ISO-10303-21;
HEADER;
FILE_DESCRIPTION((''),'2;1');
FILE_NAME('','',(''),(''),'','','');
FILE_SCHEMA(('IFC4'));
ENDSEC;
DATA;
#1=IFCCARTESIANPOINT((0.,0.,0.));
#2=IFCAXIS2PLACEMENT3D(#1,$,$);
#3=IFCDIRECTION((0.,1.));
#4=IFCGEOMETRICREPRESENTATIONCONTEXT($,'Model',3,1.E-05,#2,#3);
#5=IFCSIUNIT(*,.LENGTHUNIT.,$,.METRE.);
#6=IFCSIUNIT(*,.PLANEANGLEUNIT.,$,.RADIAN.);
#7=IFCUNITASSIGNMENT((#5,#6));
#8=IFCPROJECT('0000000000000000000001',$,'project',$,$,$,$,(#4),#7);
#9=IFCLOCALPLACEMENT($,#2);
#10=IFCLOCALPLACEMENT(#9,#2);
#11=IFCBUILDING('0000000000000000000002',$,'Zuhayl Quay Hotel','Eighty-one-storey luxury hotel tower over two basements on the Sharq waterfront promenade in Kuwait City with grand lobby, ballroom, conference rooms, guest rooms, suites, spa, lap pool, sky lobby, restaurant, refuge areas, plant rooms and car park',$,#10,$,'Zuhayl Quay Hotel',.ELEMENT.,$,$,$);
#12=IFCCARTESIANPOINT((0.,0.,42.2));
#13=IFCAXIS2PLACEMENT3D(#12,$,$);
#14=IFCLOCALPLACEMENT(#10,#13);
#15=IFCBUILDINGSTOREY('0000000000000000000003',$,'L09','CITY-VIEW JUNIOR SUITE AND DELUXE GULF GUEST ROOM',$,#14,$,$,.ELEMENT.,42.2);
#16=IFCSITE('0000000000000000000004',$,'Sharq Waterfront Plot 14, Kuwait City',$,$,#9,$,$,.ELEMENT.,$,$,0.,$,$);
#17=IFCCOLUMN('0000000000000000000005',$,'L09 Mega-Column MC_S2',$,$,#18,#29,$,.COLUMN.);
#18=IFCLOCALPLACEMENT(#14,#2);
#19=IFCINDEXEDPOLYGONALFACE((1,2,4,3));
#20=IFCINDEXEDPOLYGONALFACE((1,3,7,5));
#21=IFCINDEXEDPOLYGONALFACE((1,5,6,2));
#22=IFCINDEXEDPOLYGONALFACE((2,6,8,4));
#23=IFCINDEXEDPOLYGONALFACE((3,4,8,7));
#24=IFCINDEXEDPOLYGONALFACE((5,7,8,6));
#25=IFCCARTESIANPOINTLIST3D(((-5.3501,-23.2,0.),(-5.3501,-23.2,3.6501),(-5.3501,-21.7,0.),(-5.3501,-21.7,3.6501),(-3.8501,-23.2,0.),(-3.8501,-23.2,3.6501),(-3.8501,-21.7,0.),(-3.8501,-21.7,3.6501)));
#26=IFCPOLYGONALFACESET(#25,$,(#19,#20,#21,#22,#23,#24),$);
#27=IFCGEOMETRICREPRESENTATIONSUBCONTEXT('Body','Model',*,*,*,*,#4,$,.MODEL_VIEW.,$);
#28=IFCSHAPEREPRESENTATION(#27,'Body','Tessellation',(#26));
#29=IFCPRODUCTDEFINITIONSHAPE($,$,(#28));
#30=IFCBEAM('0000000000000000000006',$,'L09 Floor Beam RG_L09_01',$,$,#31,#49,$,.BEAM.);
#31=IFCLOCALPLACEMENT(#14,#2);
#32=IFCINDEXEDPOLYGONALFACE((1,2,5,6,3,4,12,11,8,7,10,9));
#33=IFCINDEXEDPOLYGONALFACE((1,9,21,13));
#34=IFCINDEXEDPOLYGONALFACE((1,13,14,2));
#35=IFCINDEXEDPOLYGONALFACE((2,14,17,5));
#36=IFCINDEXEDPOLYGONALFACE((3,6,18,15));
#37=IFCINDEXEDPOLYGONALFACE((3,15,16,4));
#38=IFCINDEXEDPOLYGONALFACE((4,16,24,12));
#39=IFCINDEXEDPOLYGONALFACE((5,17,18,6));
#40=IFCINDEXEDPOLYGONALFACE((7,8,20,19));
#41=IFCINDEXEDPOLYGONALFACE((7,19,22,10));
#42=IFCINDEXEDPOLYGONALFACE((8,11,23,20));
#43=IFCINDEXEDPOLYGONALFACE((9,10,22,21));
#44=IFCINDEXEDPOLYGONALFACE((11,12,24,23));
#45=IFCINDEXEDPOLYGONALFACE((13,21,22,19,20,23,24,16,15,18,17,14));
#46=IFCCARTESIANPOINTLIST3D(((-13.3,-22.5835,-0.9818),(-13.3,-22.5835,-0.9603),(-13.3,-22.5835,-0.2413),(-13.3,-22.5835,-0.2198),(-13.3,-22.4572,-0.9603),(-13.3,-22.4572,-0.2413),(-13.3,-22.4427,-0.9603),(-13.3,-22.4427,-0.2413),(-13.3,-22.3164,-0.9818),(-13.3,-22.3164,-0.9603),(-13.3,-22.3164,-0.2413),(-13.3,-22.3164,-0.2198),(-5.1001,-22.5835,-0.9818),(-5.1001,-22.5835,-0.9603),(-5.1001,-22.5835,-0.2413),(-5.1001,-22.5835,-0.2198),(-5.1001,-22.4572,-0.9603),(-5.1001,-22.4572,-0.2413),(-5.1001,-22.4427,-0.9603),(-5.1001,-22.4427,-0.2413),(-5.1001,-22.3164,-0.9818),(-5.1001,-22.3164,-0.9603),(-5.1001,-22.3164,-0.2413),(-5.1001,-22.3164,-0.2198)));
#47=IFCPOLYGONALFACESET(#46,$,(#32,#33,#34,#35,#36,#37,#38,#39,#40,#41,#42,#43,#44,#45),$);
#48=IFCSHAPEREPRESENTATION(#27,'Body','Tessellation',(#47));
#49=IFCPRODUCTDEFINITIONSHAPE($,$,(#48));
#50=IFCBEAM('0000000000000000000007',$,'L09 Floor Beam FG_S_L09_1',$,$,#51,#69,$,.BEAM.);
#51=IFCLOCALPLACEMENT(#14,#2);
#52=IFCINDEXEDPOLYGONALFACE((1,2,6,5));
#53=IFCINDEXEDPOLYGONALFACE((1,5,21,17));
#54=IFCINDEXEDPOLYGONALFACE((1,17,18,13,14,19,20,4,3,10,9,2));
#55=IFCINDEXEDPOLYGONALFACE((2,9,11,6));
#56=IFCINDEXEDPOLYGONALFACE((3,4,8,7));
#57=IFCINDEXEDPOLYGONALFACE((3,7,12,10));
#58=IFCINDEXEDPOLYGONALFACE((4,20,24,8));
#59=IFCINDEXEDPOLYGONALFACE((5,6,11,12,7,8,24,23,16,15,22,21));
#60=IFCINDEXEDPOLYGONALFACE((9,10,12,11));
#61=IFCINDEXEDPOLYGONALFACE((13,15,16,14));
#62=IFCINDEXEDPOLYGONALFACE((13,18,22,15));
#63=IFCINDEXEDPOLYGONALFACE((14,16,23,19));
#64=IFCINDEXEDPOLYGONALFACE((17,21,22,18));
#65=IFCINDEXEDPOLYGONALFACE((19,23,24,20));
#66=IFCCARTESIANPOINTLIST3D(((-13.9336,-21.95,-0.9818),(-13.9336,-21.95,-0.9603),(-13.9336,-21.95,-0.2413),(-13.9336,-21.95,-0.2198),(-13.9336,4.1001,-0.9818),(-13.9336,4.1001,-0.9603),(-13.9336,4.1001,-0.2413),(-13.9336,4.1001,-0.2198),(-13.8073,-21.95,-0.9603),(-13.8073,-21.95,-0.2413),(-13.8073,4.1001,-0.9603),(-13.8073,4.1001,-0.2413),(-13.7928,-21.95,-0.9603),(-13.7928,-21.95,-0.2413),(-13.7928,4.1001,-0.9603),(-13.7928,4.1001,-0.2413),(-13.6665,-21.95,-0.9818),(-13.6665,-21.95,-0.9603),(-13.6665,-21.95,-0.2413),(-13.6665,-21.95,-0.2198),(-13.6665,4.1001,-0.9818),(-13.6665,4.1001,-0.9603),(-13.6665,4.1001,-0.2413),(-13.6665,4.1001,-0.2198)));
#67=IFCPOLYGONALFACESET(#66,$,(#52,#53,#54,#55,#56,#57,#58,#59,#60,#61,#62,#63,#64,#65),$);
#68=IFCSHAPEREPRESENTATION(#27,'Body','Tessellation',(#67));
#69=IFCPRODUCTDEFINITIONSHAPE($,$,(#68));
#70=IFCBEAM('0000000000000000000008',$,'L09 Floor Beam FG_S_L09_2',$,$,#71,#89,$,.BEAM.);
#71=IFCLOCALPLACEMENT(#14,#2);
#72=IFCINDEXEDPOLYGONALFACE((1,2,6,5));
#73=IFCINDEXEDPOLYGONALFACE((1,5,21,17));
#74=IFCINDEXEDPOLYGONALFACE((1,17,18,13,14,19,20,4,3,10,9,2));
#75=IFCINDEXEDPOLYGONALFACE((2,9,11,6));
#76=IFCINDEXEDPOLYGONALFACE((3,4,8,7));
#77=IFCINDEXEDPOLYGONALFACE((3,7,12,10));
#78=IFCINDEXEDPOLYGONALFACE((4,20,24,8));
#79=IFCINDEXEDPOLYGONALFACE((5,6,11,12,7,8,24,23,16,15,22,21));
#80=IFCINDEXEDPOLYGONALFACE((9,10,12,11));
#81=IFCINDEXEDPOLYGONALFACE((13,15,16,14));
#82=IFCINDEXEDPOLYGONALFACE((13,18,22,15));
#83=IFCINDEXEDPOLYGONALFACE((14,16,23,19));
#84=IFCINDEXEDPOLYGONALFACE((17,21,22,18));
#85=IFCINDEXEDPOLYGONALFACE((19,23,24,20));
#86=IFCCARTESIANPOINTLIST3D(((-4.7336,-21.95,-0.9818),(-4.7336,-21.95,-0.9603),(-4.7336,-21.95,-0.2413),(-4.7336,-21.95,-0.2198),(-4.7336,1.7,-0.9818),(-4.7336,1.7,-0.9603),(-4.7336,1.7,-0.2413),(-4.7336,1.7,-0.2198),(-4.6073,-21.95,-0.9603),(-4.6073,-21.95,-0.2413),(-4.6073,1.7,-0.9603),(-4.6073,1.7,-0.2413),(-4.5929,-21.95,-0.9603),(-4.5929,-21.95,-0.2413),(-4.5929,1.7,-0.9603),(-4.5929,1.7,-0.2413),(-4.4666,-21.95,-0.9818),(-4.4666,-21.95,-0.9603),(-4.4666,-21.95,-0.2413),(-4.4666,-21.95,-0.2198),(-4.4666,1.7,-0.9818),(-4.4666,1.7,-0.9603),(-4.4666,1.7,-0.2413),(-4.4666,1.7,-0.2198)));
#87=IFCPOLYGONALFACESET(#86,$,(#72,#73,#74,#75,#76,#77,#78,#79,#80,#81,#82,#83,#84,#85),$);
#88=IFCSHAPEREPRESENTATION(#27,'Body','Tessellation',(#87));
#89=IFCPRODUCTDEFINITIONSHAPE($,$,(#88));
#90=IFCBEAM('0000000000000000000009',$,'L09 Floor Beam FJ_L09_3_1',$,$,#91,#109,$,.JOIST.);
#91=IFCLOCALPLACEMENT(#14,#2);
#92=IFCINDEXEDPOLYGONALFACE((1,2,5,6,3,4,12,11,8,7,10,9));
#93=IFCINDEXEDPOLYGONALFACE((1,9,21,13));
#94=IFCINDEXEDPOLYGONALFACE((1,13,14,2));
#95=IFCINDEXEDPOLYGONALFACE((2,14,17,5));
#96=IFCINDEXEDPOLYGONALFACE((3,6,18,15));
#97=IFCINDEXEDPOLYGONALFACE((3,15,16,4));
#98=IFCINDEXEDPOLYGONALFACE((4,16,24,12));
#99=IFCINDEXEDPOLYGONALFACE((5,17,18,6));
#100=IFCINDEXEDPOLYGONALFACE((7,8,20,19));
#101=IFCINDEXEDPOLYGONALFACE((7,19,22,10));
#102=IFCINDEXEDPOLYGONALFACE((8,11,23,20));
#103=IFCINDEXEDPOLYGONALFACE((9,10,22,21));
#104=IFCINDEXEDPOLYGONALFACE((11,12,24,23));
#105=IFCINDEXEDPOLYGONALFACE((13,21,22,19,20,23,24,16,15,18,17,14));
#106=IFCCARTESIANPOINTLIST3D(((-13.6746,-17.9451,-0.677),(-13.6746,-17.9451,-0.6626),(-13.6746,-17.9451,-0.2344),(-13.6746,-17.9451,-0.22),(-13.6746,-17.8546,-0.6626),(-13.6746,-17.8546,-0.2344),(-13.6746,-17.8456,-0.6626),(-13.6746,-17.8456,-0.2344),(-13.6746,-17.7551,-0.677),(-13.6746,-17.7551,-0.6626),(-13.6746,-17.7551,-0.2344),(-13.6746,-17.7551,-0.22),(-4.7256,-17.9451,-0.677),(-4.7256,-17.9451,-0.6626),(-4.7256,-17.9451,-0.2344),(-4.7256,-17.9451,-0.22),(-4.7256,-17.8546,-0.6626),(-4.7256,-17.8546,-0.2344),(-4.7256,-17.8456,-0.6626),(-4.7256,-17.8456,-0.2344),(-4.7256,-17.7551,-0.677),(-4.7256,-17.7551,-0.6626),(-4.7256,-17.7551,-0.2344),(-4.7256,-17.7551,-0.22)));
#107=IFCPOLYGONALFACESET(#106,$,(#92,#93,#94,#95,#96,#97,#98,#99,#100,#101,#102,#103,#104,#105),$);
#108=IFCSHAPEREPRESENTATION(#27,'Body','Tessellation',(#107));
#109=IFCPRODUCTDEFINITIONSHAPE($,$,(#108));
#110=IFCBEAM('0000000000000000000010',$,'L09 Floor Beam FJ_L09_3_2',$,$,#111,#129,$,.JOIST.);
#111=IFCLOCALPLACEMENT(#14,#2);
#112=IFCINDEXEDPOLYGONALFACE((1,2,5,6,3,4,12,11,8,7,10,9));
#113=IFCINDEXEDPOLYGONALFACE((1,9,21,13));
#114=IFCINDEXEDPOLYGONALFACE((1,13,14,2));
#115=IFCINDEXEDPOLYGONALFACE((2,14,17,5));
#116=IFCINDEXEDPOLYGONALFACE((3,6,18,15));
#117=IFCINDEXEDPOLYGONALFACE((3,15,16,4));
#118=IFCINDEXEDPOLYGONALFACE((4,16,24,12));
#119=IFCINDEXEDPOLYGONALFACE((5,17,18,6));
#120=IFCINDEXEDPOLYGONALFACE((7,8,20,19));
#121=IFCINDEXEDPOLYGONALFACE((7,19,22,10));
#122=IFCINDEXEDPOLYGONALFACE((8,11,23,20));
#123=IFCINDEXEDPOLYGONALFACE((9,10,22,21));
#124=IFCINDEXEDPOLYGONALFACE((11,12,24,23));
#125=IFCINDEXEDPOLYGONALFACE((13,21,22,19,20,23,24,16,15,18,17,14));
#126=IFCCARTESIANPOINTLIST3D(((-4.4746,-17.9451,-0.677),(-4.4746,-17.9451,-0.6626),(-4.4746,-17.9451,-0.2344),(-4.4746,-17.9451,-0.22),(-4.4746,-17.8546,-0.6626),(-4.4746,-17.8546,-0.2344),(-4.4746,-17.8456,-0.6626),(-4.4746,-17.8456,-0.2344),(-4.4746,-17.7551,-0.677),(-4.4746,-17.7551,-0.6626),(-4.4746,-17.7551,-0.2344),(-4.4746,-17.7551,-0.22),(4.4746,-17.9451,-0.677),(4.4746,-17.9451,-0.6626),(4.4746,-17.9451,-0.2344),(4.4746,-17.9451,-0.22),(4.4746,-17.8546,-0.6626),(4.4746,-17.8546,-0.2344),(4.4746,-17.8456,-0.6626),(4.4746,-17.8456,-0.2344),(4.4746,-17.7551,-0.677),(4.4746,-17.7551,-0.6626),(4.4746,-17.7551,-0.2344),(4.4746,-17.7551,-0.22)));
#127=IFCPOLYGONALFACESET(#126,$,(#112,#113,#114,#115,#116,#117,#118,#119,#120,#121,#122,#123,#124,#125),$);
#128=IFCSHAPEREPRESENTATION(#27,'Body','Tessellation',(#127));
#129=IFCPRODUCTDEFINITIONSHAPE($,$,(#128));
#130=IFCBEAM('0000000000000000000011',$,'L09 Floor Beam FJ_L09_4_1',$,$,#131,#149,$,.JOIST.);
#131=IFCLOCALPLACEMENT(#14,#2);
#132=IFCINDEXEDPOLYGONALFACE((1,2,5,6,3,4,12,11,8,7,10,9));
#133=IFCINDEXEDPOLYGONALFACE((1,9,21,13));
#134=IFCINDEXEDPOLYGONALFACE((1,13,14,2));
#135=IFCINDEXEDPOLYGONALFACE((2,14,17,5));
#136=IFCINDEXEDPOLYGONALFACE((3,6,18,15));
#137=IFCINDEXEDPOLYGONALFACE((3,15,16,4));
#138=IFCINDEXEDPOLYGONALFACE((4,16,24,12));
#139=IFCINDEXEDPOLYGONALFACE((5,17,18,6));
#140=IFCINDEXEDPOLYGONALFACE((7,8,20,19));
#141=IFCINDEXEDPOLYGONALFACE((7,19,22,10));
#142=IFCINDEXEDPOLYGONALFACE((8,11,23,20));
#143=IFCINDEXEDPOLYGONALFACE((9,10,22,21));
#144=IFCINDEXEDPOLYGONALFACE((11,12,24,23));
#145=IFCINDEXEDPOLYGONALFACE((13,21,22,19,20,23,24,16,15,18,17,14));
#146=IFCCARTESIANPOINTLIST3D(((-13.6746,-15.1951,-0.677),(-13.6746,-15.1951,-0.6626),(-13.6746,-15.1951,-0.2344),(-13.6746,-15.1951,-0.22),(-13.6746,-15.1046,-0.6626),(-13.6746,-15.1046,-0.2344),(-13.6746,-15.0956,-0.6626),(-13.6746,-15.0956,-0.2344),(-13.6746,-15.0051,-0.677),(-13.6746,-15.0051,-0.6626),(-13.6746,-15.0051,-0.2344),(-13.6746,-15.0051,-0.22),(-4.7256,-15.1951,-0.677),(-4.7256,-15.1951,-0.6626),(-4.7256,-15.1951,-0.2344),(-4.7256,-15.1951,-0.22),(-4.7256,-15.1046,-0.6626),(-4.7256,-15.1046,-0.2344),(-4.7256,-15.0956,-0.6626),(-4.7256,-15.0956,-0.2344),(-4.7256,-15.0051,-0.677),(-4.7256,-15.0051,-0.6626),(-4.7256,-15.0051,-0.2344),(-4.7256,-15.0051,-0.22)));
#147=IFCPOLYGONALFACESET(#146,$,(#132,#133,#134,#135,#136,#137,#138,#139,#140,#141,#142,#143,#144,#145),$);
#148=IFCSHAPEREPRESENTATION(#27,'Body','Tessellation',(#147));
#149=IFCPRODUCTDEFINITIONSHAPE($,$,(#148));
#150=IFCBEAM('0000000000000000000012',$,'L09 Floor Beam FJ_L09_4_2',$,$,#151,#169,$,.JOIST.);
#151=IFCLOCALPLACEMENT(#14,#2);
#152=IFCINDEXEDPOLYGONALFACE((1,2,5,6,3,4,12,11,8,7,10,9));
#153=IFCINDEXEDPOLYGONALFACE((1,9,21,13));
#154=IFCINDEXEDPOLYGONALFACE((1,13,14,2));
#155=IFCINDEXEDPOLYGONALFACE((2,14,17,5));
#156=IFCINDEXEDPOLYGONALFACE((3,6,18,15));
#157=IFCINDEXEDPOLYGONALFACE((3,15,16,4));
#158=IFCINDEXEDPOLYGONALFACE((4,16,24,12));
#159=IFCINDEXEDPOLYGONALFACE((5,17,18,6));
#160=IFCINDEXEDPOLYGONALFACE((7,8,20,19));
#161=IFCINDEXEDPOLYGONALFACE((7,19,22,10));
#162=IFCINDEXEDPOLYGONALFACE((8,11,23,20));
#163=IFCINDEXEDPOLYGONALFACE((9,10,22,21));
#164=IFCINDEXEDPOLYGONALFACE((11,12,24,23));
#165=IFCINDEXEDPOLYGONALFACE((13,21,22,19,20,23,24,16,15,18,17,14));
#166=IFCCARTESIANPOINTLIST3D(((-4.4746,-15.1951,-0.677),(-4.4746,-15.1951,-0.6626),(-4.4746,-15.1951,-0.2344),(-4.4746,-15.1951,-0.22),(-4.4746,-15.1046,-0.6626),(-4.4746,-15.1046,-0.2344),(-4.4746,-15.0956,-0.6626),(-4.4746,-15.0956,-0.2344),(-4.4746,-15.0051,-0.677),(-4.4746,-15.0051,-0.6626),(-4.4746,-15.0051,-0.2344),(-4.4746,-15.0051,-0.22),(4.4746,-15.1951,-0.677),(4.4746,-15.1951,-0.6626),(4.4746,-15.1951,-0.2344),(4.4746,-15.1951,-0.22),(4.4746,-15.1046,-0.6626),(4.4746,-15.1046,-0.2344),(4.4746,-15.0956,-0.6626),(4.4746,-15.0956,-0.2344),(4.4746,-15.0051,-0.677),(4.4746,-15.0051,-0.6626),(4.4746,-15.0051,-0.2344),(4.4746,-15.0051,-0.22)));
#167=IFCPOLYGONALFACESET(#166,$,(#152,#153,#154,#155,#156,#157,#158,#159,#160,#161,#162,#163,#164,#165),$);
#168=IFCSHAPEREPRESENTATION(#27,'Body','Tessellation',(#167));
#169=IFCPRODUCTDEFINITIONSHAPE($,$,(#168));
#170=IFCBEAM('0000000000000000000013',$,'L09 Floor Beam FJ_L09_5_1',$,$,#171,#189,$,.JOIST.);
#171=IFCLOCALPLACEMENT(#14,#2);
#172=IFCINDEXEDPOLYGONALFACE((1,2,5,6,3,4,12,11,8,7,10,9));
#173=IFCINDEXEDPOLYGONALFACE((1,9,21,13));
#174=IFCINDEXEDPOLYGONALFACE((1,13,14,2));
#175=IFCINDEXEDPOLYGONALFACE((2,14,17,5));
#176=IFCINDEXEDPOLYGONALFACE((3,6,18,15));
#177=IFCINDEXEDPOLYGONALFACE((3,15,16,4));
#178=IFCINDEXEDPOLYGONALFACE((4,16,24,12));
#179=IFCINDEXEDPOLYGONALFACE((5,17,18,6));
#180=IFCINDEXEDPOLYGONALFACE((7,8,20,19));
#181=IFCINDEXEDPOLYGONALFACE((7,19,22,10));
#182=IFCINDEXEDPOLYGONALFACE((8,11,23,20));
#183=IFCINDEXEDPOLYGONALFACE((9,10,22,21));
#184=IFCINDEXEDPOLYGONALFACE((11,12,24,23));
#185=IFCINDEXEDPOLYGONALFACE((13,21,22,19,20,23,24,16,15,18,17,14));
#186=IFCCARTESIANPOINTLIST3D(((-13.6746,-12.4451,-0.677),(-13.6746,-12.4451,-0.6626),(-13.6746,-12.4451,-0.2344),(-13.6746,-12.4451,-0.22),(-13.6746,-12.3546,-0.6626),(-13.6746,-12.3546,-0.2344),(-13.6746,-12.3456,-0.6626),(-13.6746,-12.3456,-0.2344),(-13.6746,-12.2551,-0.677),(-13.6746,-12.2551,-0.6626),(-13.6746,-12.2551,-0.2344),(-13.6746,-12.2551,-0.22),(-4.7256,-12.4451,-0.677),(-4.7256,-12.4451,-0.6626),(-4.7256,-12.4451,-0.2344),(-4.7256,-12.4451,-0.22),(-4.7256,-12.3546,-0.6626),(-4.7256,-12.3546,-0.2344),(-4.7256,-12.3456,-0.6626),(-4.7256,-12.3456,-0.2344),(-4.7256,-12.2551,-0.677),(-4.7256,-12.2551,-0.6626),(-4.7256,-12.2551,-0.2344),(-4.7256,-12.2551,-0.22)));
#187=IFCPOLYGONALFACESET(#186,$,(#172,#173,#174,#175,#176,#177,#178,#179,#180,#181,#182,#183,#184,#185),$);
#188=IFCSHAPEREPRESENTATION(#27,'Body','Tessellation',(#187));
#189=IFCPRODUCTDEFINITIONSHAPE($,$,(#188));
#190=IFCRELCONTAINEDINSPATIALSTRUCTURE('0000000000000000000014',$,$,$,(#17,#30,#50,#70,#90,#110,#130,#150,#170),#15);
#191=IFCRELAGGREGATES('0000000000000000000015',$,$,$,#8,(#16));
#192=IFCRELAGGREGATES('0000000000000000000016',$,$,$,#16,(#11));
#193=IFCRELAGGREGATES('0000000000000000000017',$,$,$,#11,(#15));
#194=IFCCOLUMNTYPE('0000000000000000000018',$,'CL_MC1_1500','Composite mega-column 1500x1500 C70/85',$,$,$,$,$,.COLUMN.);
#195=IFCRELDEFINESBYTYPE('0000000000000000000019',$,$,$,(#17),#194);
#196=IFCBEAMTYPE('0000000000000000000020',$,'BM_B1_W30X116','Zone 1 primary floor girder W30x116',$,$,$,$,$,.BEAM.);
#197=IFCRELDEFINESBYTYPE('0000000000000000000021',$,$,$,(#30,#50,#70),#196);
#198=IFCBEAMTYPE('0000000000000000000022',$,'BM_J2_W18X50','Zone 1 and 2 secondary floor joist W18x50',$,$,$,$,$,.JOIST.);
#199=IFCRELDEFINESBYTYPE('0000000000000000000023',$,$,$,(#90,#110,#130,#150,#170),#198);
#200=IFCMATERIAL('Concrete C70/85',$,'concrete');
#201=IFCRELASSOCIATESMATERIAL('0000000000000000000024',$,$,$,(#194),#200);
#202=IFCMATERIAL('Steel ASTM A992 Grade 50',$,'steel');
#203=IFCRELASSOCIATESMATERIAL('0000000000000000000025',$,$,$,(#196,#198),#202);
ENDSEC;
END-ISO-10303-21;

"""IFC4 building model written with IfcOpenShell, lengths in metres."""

from ifc_helpers import new_model, si_unit, direction, frame, origin, origin_2d, place, context, subcontext, project, spatial, rectangle, i_section, extrude, material, material_profile, profile_set, type_object, element, save


model = new_model("IFC4")

# Units and contexts
model_context = context("Model", 3, precision=1e-05, world=origin(), true_north=direction((0.0, 1.0)))
body_context = subcontext(model_context, "Body", "Model", "MODEL_VIEW")
ifc_project = project(units=[si_unit("LENGTHUNIT", "METRE"), si_unit("PLANEANGLEUNIT", "RADIAN")], contexts=[model_context])

# Site, building, storey
site_placement = place(None, origin())
site = spatial("IfcSite", under=ifc_project, at=site_placement, Name="Sharq Waterfront Plot 14, Kuwait City", CompositionType="ELEMENT", RefElevation=0.0)
building_placement = place(site_placement, origin())
building = spatial("IfcBuilding", under=site, at=building_placement, Name="Zuhayl Quay Hotel", Description="Eighty-one-storey luxury hotel tower over two basements on the Sharq waterfront promenade in Kuwait City with grand lobby, ballroom, conference rooms, guest rooms, suites, spa, lap pool, sky lobby, restaurant, refuge areas, plant rooms and car park", LongName="Zuhayl Quay Hotel", CompositionType="ELEMENT")
storey_placement = place(building_placement, frame((0.0, 0.0, 42.2)))
storey = spatial("IfcBuildingStorey", under=building, at=storey_placement, Name="L09", Description="CITY-VIEW JUNIOR SUITE AND DELUXE GULF GUEST ROOM", CompositionType="ELEMENT", Elevation=42.2)

# Column
ifc_material_1 = material(Name="Concrete C70/85", Category="concrete")
ifc_material_profile_1 = material_profile(ifc_material_1, rectangle(XDim=1.5, YDim=1.5, at=origin_2d()), Name="RC1500X1500")
ifc_profile_set_1 = profile_set([ifc_material_profile_1], Name="Concrete C70/85")
column_type = type_object("IfcColumnType", Name="CL_MC1_1500", Description="Composite mega-column 1500x1500 C70/85", PredefinedType="COLUMN", material=ifc_profile_set_1)
column_placement = place(storey_placement, frame((-4.6001, -22.45, 0.0), z_axis=(0.0, 0.0, 1.0), x_axis=(1.0, 0.0, 0.0)))
element("IfcColumn", 1, at=column_placement, inside=storey, type_object=column_type, Name="L09 Mega-Column MC_S2", PredefinedType="COLUMN", context=body_context, shape_type="SweptSolid", body=[
    extrude(rectangle(XDim=1.5, YDim=1.5, at=origin_2d()), origin(), (0.0, 0.0, 1.0), 3.6501),
])

# Beams
ifc_material_2 = material(Name="Steel ASTM A992 Grade 50", Category="steel")
ifc_material_profile_2 = material_profile(ifc_material_2, i_section(OverallWidth=0.2671, OverallDepth=0.762, WebThickness=0.0144, FlangeThickness=0.0215, at=origin_2d()), Name="W30X116")
ifc_profile_set_2 = profile_set([ifc_material_profile_2], Name="Steel ASTM A992 Grade 50")
beam_type_1 = type_object("IfcBeamType", Name="BM_B1_W30X116", Description="Zone 1 primary floor girder W30x116", PredefinedType="BEAM", material=ifc_profile_set_2)
beam_1_placement = place(storey_placement, frame((-13.3, -22.45, -0.6008), z_axis=(1.0, 0.0, 0.0), x_axis=(0.0, 1.0, 0.0)))
element("IfcBeam", 2, at=beam_1_placement, inside=storey, type_object=beam_type_1, Name="L09 Floor Beam RG_L09_01", PredefinedType="BEAM", context=body_context, shape_type="SweptSolid", body=[
    extrude(i_section(OverallWidth=0.2671, OverallDepth=0.762, WebThickness=0.0144, FlangeThickness=0.0215, at=origin_2d()), origin(), (0.0, 0.0, 1.0), 8.2),
])
beam_2_placement = place(storey_placement, frame((-13.8, -21.95, -0.6008), z_axis=(0.0, 1.0, 0.0), x_axis=(-1.0, 0.0, 0.0)))
element("IfcBeam", 3, at=beam_2_placement, inside=storey, type_object=beam_type_1, Name="L09 Floor Beam FG_S_L09_1", PredefinedType="BEAM", context=body_context, shape_type="SweptSolid", body=[
    extrude(i_section(OverallWidth=0.2671, OverallDepth=0.762, WebThickness=0.0144, FlangeThickness=0.0215, at=origin_2d()), origin(), (0.0, 0.0, 1.0), 26.05),
])
beam_3_placement = place(storey_placement, frame((-4.6001, -21.95, -0.6008), z_axis=(0.0, 1.0, 0.0), x_axis=(-1.0, 0.0, 0.0)))
element("IfcBeam", 4, at=beam_3_placement, inside=storey, type_object=beam_type_1, Name="L09 Floor Beam FG_S_L09_2", PredefinedType="BEAM", context=body_context, shape_type="SweptSolid", body=[
    extrude(i_section(OverallWidth=0.2671, OverallDepth=0.762, WebThickness=0.0144, FlangeThickness=0.0215, at=origin_2d()), origin(), (0.0, 0.0, 1.0), 23.6499),
])
ifc_material_profile_3 = material_profile(ifc_material_2, i_section(OverallWidth=0.1899, OverallDepth=0.457, WebThickness=0.009, FlangeThickness=0.0144, at=origin_2d()), Name="W18X50")
ifc_profile_set_3 = profile_set([ifc_material_profile_3], Name="Steel ASTM A992 Grade 50")
beam_type_2 = type_object("IfcBeamType", Name="BM_J2_W18X50", Description="Zone 1 and 2 secondary floor joist W18x50", PredefinedType="JOIST", material=ifc_profile_set_3)
beam_4_placement = place(storey_placement, frame((-13.6746, -17.8501, -0.4485), z_axis=(1.0, 0.0, 0.0), x_axis=(0.0, 1.0, 0.0)))
element("IfcBeam", 5, at=beam_4_placement, inside=storey, type_object=beam_type_2, Name="L09 Floor Beam FJ_L09_3_1", PredefinedType="JOIST", context=body_context, shape_type="SweptSolid", body=[
    extrude(i_section(OverallWidth=0.1899, OverallDepth=0.457, WebThickness=0.009, FlangeThickness=0.0144, at=origin_2d()), origin(), (0.0, 0.0, 1.0), 8.949),
])
beam_5_placement = place(storey_placement, frame((-4.4746, -17.8501, -0.4485), z_axis=(1.0, 0.0, 0.0), x_axis=(0.0, 1.0, 0.0)))
element("IfcBeam", 6, at=beam_5_placement, inside=storey, type_object=beam_type_2, Name="L09 Floor Beam FJ_L09_3_2", PredefinedType="JOIST", context=body_context, shape_type="SweptSolid", body=[
    extrude(i_section(OverallWidth=0.1899, OverallDepth=0.457, WebThickness=0.009, FlangeThickness=0.0144, at=origin_2d()), origin(), (0.0, 0.0, 1.0), 8.9492),
])
beam_6_placement = place(storey_placement, frame((-13.6746, -15.1001, -0.4485), z_axis=(1.0, 0.0, 0.0), x_axis=(0.0, 1.0, 0.0)))
element("IfcBeam", 7, at=beam_6_placement, inside=storey, type_object=beam_type_2, Name="L09 Floor Beam FJ_L09_4_1", PredefinedType="JOIST", context=body_context, shape_type="SweptSolid", body=[
    extrude(i_section(OverallWidth=0.1899, OverallDepth=0.457, WebThickness=0.009, FlangeThickness=0.0144, at=origin_2d()), origin(), (0.0, 0.0, 1.0), 8.949),
])
beam_7_placement = place(storey_placement, frame((-4.4746, -15.1001, -0.4485), z_axis=(1.0, 0.0, 0.0), x_axis=(0.0, 1.0, 0.0)))
element("IfcBeam", 8, at=beam_7_placement, inside=storey, type_object=beam_type_2, Name="L09 Floor Beam FJ_L09_4_2", PredefinedType="JOIST", context=body_context, shape_type="SweptSolid", body=[
    extrude(i_section(OverallWidth=0.1899, OverallDepth=0.457, WebThickness=0.009, FlangeThickness=0.0144, at=origin_2d()), origin(), (0.0, 0.0, 1.0), 8.9492),
])
for number, where, z_axis, x_axis, name in (
    (9, (-13.6746, -12.3501, -0.4485), (1.0, 0.0, 0.0), (0.0, 1.0, 0.0), "L09 Floor Beam FJ_L09_5_1"),
):
    element("IfcBeam", number, at=place(storey_placement, frame(where, z_axis=z_axis, x_axis=x_axis)), inside=storey, type_object=beam_type_2, Name=name, PredefinedType="JOIST", context=body_context, shape_type="SweptSolid", body=[
        extrude(i_section(OverallWidth=0.1899, OverallDepth=0.457, WebThickness=0.009, FlangeThickness=0.0144, at=origin_2d()), origin(), (0.0, 0.0, 1.0), 8.949),
    ])

save(model, "model.ifc")
